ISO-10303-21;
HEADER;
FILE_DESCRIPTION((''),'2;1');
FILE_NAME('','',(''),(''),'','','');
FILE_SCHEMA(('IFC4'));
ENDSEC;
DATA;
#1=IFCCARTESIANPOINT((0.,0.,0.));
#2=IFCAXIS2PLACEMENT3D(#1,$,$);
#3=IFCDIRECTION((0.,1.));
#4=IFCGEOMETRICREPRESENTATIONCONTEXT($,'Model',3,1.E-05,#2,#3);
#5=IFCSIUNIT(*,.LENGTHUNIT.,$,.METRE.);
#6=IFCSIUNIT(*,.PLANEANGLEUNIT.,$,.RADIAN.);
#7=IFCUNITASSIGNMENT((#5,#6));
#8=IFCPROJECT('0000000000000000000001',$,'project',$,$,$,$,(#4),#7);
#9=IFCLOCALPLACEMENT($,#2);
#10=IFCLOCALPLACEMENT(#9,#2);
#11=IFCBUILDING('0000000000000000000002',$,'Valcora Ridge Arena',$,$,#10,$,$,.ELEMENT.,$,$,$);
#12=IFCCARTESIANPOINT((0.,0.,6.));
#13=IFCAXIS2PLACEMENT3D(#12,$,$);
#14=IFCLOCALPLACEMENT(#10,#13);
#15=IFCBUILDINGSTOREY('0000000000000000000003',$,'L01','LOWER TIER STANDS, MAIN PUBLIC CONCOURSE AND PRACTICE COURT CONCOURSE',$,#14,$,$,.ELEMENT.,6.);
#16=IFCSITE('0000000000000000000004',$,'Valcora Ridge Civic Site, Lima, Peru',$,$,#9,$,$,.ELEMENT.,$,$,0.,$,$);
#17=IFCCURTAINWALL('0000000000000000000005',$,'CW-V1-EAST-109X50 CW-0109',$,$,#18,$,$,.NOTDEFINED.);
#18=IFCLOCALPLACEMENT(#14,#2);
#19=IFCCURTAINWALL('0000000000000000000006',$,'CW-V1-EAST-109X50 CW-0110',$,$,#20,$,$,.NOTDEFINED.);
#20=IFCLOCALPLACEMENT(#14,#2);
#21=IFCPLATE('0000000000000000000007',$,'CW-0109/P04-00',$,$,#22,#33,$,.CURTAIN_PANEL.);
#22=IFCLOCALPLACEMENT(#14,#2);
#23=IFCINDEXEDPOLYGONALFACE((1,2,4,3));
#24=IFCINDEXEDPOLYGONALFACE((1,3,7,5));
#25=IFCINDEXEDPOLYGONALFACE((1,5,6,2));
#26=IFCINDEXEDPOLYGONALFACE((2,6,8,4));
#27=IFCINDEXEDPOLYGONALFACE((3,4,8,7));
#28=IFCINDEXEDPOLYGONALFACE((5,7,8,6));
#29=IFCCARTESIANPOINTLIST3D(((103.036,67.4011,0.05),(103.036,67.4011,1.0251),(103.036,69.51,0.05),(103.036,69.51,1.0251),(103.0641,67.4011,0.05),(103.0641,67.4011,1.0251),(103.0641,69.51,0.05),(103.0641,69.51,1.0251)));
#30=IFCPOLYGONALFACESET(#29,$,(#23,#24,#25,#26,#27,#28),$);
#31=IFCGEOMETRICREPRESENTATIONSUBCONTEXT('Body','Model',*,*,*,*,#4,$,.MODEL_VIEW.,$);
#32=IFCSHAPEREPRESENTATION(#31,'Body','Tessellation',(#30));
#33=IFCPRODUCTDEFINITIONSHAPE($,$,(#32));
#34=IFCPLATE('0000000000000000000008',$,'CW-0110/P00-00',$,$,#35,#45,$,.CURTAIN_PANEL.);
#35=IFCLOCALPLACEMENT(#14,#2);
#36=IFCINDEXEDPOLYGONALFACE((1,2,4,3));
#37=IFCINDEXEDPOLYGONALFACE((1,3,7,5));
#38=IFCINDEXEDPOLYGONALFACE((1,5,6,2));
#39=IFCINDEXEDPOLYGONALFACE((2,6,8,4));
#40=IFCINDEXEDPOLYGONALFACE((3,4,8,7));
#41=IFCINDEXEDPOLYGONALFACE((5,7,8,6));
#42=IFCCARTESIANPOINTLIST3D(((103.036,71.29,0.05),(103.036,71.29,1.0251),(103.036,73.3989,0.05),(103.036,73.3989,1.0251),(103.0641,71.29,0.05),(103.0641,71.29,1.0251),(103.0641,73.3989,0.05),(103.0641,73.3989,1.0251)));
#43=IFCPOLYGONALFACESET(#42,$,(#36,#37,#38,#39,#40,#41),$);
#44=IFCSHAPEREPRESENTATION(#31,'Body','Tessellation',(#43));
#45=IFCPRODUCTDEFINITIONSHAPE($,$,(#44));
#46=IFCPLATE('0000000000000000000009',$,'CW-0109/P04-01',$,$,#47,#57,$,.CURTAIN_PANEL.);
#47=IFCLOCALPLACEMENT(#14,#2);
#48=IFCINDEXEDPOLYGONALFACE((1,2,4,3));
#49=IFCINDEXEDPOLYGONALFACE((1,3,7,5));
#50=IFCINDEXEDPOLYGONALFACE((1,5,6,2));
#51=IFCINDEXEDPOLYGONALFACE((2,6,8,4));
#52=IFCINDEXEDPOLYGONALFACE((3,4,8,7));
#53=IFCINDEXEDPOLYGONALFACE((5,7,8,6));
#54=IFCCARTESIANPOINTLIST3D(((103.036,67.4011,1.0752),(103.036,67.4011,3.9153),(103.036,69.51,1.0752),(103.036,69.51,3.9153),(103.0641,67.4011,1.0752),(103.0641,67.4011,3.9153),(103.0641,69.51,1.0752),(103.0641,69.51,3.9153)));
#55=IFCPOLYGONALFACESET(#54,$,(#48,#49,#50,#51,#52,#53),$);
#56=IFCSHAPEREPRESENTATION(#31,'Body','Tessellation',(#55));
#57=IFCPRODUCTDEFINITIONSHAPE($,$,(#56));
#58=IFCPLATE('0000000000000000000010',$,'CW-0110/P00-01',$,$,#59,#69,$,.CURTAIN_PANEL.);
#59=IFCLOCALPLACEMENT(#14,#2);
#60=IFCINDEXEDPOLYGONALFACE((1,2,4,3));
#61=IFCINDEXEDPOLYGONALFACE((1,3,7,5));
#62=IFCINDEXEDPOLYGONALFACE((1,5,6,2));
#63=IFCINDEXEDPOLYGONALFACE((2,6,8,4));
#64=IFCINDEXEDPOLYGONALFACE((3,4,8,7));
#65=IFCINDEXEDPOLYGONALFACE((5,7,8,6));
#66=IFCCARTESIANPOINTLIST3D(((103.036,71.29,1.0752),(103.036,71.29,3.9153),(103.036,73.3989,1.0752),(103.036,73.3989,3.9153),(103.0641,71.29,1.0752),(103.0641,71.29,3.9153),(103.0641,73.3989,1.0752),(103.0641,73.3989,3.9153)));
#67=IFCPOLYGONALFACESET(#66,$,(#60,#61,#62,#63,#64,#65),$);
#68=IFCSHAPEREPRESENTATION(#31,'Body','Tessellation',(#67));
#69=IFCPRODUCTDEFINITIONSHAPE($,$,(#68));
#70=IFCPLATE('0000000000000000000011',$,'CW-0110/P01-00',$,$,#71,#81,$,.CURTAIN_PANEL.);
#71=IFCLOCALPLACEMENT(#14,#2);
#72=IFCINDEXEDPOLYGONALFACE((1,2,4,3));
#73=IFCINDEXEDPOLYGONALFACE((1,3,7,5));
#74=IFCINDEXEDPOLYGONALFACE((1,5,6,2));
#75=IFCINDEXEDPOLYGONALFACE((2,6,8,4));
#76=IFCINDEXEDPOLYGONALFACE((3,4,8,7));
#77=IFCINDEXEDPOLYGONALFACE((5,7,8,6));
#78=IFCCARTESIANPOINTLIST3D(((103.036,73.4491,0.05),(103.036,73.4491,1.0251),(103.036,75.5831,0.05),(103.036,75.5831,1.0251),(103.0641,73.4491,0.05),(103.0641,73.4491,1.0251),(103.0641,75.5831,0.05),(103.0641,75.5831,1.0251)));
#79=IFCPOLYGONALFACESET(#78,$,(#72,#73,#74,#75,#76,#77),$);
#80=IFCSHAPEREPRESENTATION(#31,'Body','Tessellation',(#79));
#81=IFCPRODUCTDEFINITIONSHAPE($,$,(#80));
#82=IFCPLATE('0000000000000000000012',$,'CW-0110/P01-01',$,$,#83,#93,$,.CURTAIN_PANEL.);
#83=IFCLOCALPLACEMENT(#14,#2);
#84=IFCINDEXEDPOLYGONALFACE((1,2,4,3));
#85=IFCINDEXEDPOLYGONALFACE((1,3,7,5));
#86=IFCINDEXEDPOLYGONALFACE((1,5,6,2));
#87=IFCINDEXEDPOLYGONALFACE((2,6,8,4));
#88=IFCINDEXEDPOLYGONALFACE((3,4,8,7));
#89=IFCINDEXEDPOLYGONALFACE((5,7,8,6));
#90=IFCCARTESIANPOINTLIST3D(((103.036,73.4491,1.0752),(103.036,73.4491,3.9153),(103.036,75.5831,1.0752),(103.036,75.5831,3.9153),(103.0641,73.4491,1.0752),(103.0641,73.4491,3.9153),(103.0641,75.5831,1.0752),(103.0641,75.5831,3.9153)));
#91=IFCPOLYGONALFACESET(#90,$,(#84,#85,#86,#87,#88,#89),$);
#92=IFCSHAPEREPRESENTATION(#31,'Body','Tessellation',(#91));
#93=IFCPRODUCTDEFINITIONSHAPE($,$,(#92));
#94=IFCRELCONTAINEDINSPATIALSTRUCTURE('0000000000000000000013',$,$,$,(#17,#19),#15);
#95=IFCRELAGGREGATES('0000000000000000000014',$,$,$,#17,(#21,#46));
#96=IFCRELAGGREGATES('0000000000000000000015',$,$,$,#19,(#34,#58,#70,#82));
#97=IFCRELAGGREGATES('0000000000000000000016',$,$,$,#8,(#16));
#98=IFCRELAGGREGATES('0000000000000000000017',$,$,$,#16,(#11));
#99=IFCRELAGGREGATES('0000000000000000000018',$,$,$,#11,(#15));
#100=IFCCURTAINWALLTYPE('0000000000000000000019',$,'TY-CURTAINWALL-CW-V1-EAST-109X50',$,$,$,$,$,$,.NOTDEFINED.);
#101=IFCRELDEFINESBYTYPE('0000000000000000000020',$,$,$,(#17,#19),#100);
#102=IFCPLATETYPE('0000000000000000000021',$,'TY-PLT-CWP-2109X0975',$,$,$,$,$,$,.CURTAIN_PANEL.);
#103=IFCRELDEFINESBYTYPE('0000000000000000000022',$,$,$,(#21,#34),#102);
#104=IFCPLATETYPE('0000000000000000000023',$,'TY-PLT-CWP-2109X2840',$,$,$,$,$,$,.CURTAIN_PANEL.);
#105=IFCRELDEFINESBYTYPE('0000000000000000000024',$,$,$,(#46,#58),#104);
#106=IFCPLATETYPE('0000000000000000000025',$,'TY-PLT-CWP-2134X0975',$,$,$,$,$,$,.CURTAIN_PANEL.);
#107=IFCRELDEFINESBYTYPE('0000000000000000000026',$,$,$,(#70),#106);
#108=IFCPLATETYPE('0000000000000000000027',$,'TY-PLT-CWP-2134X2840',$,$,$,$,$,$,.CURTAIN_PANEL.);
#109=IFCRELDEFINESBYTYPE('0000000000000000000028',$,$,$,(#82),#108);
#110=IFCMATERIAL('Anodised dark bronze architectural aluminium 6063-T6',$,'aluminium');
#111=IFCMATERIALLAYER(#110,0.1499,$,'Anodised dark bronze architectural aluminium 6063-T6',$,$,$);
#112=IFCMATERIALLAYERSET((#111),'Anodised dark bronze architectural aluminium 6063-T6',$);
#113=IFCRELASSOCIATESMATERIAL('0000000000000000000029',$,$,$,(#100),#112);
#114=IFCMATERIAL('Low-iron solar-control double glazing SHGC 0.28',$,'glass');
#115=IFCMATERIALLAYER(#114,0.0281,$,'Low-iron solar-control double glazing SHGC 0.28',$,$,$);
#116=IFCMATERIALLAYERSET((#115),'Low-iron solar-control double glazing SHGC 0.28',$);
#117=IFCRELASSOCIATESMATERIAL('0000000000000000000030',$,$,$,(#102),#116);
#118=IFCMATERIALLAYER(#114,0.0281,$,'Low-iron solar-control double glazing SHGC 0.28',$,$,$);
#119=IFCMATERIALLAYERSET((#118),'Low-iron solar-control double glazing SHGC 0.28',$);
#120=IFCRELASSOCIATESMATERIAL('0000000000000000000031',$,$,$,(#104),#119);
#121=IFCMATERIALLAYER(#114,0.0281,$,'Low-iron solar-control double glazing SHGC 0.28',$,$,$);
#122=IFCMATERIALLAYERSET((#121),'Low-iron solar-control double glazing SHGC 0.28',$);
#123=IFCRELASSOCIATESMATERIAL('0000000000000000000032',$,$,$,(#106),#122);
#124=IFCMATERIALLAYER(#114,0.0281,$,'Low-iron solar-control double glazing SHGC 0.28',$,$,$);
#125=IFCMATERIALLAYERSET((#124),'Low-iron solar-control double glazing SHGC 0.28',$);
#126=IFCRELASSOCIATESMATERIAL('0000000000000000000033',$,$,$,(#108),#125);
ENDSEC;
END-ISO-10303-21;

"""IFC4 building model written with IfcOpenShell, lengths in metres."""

from ifc_helpers import new_model, si_unit, direction, frame, origin, origin_2d, place, context, subcontext, project, spatial, rectangle, extrude, material, layer, layer_set, type_object, element, aggregate, save


model = new_model("IFC4")

# Units and contexts
model_context = context("Model", 3, precision=1e-05, world=origin(), true_north=direction((0.0, 1.0)))
body_context = subcontext(model_context, "Body", "Model", "MODEL_VIEW")
ifc_project = project(units=[si_unit("LENGTHUNIT", "METRE"), si_unit("PLANEANGLEUNIT", "RADIAN")], contexts=[model_context])

# Site, building, storey
site_placement = place(None, origin())
site = spatial("IfcSite", under=ifc_project, at=site_placement, Name="Valcora Ridge Civic Site, Lima, Peru", CompositionType="ELEMENT", RefElevation=0.0)
building_placement = place(site_placement, origin())
building = spatial("IfcBuilding", under=site, at=building_placement, Name="Valcora Ridge Arena", CompositionType="ELEMENT")
storey_placement = place(building_placement, frame((0.0, 0.0, 6.0)))
storey = spatial("IfcBuildingStorey", under=building, at=storey_placement, Name="L01", Description="LOWER TIER STANDS, MAIN PUBLIC CONCOURSE AND PRACTICE COURT CONCOURSE", CompositionType="ELEMENT", Elevation=6.0)

# Curtain wall
ifc_material_1 = material(Name="Anodised dark bronze architectural aluminium 6063-T6", Category="aluminium")
ifc_layer_1 = layer(ifc_material_1, 0.1499, Name="Anodised dark bronze architectural aluminium 6063-T6")
ifc_layer_set_1 = layer_set([ifc_layer_1], Name="Anodised dark bronze architectural aluminium 6063-T6")
curtain_wall_type = type_object("IfcCurtainWallType", Name="TY-CURTAINWALL-CW-V1-EAST-109X50", PredefinedType="NOTDEFINED", material=ifc_layer_set_1)
curtain_wall_1_placement = place(storey_placement, origin())
curtain_wall_1 = element("IfcCurtainWall", 1, at=curtain_wall_1_placement, inside=storey, type_object=curtain_wall_type, Name="CW-V1-EAST-109X50 CW-0109", PredefinedType="NOTDEFINED")

# Curtain wall
curtain_wall_2_placement = place(storey_placement, origin())
curtain_wall_2 = element("IfcCurtainWall", 2, at=curtain_wall_2_placement, inside=storey, type_object=curtain_wall_type, Name="CW-V1-EAST-109X50 CW-0110", PredefinedType="NOTDEFINED")

# Plates
ifc_material_2 = material(Name="Low-iron solar-control double glazing SHGC 0.28", Category="glass")
ifc_layer_2 = layer(ifc_material_2, 0.0281, Name="Low-iron solar-control double glazing SHGC 0.28")
ifc_layer_set_2 = layer_set([ifc_layer_2], Name="Low-iron solar-control double glazing SHGC 0.28")
plate_type_1 = type_object("IfcPlateType", Name="TY-PLT-CWP-2109X0975", PredefinedType="CURTAIN_PANEL", material=ifc_layer_set_2)
plate_1_placement = place(storey_placement, frame((103.05, 68.4556, 0.05), z_axis=(0.0, 0.0, 1.0), x_axis=(0.0, 1.0, 0.0)))
plate_1 = element("IfcPlate", 3, at=plate_1_placement, type_object=plate_type_1, Name="CW-0109/P04-00", PredefinedType="CURTAIN_PANEL", context=body_context, shape_type="SweptSolid", body=[
    extrude(rectangle(XDim=2.1089, YDim=0.0281, at=origin_2d()), origin(), (0.0, 0.0, 1.0), 0.9751),
])
plate_2_placement = place(storey_placement, frame((103.05, 72.3445, 0.05), z_axis=(0.0, 0.0, 1.0), x_axis=(0.0, 1.0, 0.0)))
plate_2 = element("IfcPlate", 4, at=plate_2_placement, type_object=plate_type_1, Name="CW-0110/P00-00", PredefinedType="CURTAIN_PANEL", context=body_context, shape_type="SweptSolid", body=[
    extrude(rectangle(XDim=2.1089, YDim=0.0281, at=origin_2d()), origin(), (0.0, 0.0, 1.0), 0.9751),
])
ifc_layer_3 = layer(ifc_material_2, 0.0281, Name="Low-iron solar-control double glazing SHGC 0.28")
ifc_layer_set_3 = layer_set([ifc_layer_3], Name="Low-iron solar-control double glazing SHGC 0.28")
plate_type_2 = type_object("IfcPlateType", Name="TY-PLT-CWP-2109X2840", PredefinedType="CURTAIN_PANEL", material=ifc_layer_set_3)
plate_3_placement = place(storey_placement, frame((103.05, 68.4556, 1.0752), z_axis=(0.0, 0.0, 1.0), x_axis=(0.0, 1.0, 0.0)))
plate_3 = element("IfcPlate", 5, at=plate_3_placement, type_object=plate_type_2, Name="CW-0109/P04-01", PredefinedType="CURTAIN_PANEL", context=body_context, shape_type="SweptSolid", body=[
    extrude(rectangle(XDim=2.1089, YDim=0.0281, at=origin_2d()), origin(), (0.0, 0.0, 1.0), 2.8401),
])
aggregate(curtain_wall_1, [plate_1, plate_3])
plate_4_placement = place(storey_placement, frame((103.05, 72.3445, 1.0752), z_axis=(0.0, 0.0, 1.0), x_axis=(0.0, 1.0, 0.0)))
plate_4 = element("IfcPlate", 6, at=plate_4_placement, type_object=plate_type_2, Name="CW-0110/P00-01", PredefinedType="CURTAIN_PANEL", context=body_context, shape_type="SweptSolid", body=[
    extrude(rectangle(XDim=2.1089, YDim=0.0281, at=origin_2d()), origin(), (0.0, 0.0, 1.0), 2.8401),
])
ifc_layer_4 = layer(ifc_material_2, 0.0281, Name="Low-iron solar-control double glazing SHGC 0.28")
ifc_layer_set_4 = layer_set([ifc_layer_4], Name="Low-iron solar-control double glazing SHGC 0.28")
plate_type_3 = type_object("IfcPlateType", Name="TY-PLT-CWP-2134X0975", PredefinedType="CURTAIN_PANEL", material=ifc_layer_set_4)
plate_5_placement = place(storey_placement, frame((103.05, 74.5161, 0.05), z_axis=(0.0, 0.0, 1.0), x_axis=(0.0, 1.0, 0.0)))
plate_5 = element("IfcPlate", 7, at=plate_5_placement, type_object=plate_type_3, Name="CW-0110/P01-00", PredefinedType="CURTAIN_PANEL", context=body_context, shape_type="SweptSolid", body=[
    extrude(rectangle(XDim=2.134, YDim=0.0281, at=origin_2d()), origin(), (0.0, 0.0, 1.0), 0.9751),
])
ifc_layer_5 = layer(ifc_material_2, 0.0281, Name="Low-iron solar-control double glazing SHGC 0.28")
ifc_layer_set_5 = layer_set([ifc_layer_5], Name="Low-iron solar-control double glazing SHGC 0.28")
plate_type_4 = type_object("IfcPlateType", Name="TY-PLT-CWP-2134X2840", PredefinedType="CURTAIN_PANEL", material=ifc_layer_set_5)
plate_6_placement = place(storey_placement, frame((103.05, 74.5161, 1.0752), z_axis=(0.0, 0.0, 1.0), x_axis=(0.0, 1.0, 0.0)))
plate_6 = element("IfcPlate", 8, at=plate_6_placement, type_object=plate_type_4, Name="CW-0110/P01-01", PredefinedType="CURTAIN_PANEL", context=body_context, shape_type="SweptSolid", body=[
    extrude(rectangle(XDim=2.134, YDim=0.0281, at=origin_2d()), origin(), (0.0, 0.0, 1.0), 2.8401),
])
aggregate(curtain_wall_2, [plate_2, plate_4, plate_5, plate_6])

save(model, "model.ifc")
